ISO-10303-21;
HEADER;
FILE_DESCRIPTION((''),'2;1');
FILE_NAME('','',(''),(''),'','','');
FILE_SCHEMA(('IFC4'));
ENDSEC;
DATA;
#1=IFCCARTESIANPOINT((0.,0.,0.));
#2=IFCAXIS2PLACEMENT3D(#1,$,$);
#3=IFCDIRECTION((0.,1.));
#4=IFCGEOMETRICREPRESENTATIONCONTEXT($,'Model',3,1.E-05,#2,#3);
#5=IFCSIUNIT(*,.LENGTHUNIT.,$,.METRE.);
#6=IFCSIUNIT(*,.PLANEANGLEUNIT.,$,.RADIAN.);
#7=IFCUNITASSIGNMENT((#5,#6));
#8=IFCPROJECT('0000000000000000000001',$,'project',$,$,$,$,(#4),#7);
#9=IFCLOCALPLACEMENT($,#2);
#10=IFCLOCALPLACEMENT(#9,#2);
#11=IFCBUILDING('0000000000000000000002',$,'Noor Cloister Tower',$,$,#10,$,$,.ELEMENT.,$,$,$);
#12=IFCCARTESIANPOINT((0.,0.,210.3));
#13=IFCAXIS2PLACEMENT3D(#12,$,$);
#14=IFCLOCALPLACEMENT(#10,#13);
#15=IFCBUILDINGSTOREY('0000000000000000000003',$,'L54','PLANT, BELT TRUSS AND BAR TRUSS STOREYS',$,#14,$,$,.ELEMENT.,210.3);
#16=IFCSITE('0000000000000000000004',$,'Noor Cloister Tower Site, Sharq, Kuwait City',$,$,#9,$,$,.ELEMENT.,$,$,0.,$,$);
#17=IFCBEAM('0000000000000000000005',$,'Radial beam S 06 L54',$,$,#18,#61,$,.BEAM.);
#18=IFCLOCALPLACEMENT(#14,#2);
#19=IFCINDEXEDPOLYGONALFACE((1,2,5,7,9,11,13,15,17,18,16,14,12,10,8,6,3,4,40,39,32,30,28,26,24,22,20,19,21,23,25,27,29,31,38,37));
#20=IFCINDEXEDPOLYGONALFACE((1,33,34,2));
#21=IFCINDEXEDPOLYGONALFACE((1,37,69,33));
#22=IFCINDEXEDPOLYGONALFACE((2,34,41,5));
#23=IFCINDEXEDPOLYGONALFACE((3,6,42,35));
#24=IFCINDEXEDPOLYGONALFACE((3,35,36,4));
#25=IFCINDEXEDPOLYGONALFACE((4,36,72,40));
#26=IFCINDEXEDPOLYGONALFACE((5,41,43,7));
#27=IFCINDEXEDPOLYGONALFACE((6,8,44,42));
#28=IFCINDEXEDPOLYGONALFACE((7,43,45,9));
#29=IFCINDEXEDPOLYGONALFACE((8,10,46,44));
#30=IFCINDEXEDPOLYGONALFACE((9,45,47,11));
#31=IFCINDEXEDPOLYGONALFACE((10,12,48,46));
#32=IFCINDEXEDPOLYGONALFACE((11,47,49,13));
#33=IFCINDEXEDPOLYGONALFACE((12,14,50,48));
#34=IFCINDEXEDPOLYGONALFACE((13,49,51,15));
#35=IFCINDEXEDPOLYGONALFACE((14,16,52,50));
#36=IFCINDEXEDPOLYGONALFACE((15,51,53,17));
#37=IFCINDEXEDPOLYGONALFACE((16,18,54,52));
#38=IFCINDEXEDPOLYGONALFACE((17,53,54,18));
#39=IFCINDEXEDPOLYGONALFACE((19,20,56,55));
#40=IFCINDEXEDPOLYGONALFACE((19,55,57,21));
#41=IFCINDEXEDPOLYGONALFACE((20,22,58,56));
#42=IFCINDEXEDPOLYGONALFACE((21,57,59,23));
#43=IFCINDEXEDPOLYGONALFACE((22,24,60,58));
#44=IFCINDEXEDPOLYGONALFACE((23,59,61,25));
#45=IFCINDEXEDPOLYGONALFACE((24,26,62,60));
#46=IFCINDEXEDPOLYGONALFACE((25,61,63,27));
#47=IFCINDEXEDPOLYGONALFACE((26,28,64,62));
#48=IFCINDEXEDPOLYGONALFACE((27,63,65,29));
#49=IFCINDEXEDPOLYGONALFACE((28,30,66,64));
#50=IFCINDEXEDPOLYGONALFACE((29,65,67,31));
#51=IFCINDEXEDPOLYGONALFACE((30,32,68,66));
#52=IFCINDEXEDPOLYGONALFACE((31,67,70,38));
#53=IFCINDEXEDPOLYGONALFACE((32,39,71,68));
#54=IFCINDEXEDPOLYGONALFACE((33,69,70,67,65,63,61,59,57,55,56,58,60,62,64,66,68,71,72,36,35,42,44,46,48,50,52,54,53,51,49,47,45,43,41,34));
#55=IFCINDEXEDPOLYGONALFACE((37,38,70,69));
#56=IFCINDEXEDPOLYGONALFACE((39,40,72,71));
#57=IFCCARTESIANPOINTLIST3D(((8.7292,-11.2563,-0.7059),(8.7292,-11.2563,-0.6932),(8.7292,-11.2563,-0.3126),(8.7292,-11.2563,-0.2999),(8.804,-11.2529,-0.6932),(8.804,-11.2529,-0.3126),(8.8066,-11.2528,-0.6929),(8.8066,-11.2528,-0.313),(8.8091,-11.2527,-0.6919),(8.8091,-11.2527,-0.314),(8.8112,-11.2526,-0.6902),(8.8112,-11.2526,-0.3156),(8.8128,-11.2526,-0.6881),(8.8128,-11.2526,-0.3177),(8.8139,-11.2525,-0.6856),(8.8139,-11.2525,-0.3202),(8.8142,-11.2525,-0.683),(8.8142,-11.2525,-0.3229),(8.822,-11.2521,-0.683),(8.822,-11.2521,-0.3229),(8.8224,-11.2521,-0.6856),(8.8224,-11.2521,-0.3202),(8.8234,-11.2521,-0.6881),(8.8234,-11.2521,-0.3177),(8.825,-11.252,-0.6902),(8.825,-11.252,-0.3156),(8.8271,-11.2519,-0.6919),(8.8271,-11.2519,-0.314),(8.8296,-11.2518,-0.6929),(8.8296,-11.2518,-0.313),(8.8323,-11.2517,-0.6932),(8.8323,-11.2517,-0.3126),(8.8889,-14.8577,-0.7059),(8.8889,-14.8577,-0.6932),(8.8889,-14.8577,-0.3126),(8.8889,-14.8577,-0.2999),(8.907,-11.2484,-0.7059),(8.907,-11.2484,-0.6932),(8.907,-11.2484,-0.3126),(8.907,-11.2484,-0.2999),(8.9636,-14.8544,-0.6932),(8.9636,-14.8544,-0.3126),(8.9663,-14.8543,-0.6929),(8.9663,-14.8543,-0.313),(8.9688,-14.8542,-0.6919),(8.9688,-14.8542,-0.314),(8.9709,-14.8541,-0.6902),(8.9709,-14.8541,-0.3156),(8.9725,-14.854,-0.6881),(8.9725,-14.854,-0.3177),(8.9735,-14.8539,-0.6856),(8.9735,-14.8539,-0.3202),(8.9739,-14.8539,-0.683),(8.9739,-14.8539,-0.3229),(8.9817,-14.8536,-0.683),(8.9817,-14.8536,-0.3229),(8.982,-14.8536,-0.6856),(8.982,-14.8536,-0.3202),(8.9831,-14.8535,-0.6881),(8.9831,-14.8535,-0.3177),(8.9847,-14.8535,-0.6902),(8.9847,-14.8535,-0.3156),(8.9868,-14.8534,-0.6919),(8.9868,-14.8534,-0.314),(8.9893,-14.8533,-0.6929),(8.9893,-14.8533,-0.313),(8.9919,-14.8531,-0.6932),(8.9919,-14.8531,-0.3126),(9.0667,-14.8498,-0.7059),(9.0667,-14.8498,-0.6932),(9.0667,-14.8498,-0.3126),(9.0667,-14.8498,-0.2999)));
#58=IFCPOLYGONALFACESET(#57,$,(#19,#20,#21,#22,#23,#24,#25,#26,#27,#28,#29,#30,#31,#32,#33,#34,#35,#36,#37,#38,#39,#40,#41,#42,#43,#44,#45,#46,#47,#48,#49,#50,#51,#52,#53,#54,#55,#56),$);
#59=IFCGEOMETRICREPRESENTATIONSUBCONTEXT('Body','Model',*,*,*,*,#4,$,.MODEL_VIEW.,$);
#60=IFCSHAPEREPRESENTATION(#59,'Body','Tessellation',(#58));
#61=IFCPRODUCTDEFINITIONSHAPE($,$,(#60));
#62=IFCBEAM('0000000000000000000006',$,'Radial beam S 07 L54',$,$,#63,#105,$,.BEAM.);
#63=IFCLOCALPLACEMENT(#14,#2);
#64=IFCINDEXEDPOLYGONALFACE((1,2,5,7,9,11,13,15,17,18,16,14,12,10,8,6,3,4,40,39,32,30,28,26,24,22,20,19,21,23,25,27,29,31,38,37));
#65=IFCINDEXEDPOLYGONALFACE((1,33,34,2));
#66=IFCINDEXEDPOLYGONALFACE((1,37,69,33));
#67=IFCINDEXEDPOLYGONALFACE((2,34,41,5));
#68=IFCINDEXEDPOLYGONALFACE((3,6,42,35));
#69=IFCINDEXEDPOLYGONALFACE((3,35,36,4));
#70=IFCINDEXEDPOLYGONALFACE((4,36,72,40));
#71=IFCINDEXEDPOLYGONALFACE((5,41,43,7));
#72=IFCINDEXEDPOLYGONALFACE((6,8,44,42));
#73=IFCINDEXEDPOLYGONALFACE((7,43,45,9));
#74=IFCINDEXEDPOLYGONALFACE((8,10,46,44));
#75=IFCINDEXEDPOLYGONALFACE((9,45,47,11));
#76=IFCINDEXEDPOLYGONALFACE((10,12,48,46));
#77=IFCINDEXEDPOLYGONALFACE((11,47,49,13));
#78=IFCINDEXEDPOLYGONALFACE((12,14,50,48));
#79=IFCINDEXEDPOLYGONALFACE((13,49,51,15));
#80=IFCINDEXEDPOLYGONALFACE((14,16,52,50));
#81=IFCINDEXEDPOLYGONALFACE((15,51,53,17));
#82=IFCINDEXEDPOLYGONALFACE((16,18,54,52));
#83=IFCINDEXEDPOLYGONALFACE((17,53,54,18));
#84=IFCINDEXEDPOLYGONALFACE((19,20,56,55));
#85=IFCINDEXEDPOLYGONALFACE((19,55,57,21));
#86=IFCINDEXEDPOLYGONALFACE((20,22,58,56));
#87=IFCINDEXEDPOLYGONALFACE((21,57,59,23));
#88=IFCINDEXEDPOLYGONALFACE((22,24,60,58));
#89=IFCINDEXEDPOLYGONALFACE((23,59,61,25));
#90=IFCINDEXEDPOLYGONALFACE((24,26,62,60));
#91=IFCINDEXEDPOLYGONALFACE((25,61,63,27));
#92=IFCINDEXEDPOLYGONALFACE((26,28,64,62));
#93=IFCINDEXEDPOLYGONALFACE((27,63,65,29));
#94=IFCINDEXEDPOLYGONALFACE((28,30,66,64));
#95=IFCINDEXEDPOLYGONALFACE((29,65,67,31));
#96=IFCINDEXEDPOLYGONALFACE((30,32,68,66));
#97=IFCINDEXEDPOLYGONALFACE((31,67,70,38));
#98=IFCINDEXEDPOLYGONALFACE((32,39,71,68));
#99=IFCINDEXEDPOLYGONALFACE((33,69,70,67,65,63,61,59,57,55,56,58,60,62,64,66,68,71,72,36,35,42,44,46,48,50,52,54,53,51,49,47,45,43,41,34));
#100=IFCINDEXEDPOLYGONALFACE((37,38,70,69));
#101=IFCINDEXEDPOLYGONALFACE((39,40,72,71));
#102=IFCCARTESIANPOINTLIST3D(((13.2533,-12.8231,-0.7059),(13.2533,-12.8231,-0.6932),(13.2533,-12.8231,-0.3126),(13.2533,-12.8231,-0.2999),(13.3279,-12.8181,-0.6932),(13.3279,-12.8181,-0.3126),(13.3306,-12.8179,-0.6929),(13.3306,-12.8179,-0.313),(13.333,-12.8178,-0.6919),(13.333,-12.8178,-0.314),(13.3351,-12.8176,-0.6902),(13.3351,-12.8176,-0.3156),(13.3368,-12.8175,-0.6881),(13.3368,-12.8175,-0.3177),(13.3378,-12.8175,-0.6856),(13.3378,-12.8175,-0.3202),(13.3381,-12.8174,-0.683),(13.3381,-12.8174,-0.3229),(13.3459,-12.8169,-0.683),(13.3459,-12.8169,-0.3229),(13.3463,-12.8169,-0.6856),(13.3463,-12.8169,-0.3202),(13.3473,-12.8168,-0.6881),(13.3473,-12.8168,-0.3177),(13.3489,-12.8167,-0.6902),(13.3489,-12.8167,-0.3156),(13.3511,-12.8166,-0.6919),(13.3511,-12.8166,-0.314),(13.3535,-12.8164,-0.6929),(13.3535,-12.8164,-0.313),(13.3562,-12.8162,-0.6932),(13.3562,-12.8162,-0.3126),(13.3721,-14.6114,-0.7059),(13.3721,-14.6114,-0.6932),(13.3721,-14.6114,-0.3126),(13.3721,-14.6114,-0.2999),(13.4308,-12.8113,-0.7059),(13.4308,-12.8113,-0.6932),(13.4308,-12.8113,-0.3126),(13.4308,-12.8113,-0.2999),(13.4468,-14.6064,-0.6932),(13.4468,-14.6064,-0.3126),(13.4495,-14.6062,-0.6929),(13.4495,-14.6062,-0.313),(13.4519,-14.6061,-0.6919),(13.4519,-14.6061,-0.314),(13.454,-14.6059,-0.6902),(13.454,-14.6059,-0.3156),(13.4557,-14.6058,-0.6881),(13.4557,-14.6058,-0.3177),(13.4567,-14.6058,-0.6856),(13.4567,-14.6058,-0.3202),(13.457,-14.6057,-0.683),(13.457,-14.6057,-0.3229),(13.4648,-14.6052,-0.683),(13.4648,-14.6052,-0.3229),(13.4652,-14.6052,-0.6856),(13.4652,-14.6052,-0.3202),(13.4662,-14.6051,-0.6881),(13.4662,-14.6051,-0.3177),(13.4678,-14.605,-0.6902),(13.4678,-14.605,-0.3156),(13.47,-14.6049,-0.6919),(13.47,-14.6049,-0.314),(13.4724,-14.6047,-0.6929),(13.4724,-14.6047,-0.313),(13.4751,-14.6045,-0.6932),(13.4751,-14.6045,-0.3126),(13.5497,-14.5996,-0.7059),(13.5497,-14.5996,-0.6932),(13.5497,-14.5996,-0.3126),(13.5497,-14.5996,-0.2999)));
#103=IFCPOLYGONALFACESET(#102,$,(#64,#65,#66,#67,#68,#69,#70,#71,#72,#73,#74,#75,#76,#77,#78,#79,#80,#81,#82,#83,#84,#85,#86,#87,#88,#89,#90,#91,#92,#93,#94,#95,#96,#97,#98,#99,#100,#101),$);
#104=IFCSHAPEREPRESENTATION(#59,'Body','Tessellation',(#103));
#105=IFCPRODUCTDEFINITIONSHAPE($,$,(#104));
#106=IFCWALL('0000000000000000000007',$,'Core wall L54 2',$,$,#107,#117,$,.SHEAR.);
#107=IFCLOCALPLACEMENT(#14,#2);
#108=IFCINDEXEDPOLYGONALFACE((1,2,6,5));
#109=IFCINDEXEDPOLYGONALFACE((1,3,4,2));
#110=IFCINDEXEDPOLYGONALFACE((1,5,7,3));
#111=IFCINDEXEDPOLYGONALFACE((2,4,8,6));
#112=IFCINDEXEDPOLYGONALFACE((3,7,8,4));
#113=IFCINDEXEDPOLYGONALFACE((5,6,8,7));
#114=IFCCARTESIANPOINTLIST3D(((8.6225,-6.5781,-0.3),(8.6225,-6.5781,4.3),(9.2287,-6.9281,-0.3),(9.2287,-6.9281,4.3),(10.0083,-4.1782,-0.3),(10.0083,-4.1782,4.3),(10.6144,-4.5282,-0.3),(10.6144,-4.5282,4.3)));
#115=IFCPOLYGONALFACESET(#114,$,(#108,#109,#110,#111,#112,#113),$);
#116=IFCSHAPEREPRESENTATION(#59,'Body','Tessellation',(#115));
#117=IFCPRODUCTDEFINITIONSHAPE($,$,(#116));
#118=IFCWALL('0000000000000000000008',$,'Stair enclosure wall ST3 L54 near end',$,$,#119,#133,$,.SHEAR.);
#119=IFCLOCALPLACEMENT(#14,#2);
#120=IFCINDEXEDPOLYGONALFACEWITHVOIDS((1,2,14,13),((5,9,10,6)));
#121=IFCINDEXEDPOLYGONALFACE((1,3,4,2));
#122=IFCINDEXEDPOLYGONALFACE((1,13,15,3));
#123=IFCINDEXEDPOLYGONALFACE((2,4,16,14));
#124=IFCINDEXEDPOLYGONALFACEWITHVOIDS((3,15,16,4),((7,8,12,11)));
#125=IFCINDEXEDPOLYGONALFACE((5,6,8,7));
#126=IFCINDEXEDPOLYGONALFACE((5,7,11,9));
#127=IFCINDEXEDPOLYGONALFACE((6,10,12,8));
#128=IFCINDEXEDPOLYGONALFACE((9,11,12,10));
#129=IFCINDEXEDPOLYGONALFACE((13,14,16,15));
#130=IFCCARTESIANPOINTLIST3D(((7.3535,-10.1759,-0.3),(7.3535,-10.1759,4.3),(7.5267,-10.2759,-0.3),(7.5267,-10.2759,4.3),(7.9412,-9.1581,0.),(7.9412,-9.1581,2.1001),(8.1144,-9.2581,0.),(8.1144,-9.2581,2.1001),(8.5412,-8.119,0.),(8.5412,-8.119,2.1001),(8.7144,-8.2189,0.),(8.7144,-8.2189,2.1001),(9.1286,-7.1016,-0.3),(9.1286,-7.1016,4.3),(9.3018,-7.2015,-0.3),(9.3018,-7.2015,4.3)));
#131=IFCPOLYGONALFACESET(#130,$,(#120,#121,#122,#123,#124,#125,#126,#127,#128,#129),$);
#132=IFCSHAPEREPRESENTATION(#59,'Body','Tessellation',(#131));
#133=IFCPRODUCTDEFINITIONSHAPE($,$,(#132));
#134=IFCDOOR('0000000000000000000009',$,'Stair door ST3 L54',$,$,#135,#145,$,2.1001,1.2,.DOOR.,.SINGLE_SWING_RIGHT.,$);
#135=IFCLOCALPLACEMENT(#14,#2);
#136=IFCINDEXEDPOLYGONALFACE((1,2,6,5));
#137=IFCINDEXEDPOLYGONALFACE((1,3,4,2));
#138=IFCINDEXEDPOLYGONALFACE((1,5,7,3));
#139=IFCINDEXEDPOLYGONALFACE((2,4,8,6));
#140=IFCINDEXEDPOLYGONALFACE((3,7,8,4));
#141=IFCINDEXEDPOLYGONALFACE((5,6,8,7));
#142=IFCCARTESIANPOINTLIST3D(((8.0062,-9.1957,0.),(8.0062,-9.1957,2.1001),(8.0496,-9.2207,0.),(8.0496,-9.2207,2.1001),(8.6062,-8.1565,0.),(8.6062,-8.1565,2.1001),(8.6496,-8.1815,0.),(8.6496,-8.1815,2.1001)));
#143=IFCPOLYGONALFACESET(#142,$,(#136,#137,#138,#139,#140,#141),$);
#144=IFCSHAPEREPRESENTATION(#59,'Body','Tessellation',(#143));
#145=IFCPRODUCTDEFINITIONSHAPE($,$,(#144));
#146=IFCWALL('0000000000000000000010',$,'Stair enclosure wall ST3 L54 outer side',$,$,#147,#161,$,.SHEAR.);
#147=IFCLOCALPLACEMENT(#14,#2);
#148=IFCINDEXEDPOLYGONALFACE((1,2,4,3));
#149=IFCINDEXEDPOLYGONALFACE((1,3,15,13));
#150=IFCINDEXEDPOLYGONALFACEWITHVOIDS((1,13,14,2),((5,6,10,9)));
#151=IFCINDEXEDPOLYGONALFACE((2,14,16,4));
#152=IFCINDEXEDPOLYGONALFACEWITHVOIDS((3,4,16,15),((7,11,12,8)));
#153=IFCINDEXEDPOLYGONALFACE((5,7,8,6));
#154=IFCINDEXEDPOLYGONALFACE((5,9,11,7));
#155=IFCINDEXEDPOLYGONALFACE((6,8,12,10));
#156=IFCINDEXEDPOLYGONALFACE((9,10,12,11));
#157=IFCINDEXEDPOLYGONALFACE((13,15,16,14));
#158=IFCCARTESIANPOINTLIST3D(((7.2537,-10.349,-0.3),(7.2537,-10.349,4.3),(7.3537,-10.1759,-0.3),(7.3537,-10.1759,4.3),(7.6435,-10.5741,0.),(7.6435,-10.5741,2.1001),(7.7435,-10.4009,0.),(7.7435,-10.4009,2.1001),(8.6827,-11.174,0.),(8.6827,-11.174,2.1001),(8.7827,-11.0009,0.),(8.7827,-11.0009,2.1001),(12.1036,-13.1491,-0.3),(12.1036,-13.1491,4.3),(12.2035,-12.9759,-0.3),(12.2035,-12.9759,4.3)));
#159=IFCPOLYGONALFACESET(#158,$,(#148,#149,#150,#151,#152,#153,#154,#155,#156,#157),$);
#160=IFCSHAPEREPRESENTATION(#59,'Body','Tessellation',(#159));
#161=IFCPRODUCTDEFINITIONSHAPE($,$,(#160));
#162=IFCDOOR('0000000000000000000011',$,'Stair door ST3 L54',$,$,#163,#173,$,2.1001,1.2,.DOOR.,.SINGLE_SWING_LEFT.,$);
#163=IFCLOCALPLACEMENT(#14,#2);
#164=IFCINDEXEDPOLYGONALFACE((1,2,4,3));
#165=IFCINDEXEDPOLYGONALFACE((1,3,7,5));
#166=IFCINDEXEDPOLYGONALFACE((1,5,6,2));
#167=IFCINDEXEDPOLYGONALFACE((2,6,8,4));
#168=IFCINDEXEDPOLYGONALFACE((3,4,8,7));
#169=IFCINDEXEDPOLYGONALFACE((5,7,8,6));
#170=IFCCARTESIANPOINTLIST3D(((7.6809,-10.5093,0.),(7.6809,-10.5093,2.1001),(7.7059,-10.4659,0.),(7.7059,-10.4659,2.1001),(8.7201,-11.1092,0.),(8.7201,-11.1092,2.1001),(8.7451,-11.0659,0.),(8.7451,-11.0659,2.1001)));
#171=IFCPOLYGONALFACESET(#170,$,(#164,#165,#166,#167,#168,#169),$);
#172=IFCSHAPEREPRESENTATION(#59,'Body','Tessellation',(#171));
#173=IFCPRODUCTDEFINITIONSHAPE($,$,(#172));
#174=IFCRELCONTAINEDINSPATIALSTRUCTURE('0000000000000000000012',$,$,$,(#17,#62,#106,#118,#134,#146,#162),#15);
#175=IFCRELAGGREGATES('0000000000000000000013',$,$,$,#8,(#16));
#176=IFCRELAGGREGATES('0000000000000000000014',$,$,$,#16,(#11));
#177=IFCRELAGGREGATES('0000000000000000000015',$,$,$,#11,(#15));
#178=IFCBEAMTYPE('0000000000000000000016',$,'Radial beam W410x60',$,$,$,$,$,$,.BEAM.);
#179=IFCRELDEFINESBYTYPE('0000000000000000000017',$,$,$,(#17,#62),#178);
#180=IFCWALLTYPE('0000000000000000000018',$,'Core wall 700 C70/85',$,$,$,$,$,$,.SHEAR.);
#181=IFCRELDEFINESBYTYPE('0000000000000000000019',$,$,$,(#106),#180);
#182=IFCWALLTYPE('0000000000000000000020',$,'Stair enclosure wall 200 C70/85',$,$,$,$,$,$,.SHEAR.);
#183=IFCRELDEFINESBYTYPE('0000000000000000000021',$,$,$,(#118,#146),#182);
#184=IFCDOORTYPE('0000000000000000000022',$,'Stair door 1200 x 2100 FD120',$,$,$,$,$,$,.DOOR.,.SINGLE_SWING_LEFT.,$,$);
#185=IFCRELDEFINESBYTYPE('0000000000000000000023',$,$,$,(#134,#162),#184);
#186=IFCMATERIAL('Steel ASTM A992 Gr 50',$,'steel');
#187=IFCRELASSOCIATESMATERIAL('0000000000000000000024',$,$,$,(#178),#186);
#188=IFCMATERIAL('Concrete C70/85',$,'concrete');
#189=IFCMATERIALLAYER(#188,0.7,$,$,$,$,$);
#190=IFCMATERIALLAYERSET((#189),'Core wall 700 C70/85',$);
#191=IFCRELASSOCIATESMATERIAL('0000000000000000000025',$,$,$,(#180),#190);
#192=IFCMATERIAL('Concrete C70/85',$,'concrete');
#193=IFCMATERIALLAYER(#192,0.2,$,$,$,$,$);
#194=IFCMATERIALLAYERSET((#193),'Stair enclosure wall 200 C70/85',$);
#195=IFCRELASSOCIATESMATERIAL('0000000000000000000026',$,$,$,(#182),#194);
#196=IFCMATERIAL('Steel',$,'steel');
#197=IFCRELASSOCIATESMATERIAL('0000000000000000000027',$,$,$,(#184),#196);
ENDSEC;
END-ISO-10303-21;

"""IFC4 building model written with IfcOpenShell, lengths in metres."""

from ifc_helpers import new_model, si_unit, direction, frame, frame_2d, origin, origin_2d, place, context, subcontext, project, spatial, rectangle, i_section, extrude, material, layer, layer_set, material_profile, profile_set, type_object, element, fill, save


model = new_model("IFC4")

# Units and contexts
model_context = context("Model", 3, precision=1e-05, world=origin(), true_north=direction((0.0, 1.0)))
body_context = subcontext(model_context, "Body", "Model", "MODEL_VIEW")
ifc_project = project(units=[si_unit("LENGTHUNIT", "METRE"), si_unit("PLANEANGLEUNIT", "RADIAN")], contexts=[model_context])

# Site, building, storey
site_placement = place(None, origin())
site = spatial("IfcSite", under=ifc_project, at=site_placement, Name="Noor Cloister Tower Site, Sharq, Kuwait City", CompositionType="ELEMENT", RefElevation=0.0)
building_placement = place(site_placement, origin())
building = spatial("IfcBuilding", under=site, at=building_placement, Name="Noor Cloister Tower", CompositionType="ELEMENT")
storey_placement = place(building_placement, frame((0.0, 0.0, 210.3)))
storey = spatial("IfcBuildingStorey", under=building, at=storey_placement, Name="L54", Description="PLANT, BELT TRUSS AND BAR TRUSS STOREYS", CompositionType="ELEMENT", Elevation=210.3)

# Beams
ifc_material_1 = material(Name="Steel ASTM A992 Gr 50", Category="steel")
ifc_material_profile_1 = material_profile(ifc_material_1, i_section(OverallWidth=0.178, OverallDepth=0.406, WebThickness=0.0078, FlangeThickness=0.0127, FilletRadius=0.0103, at=origin_2d()), Name="W410x60")
ifc_profile_set_1 = profile_set([ifc_material_profile_1], Name="Steel ASTM A992 Gr 50")
beam_type_1 = type_object("IfcBeamType", Name="Radial beam W410x60", PredefinedType="BEAM", material=ifc_profile_set_1)
beam_1_placement = place(storey_placement, frame((8.9778, -14.8538, -0.5029), z_axis=(-0.044289, 0.999019, 0.0), x_axis=(-0.999019, -0.044289, 0.0)))
element("IfcBeam", 1, at=beam_1_placement, inside=storey, type_object=beam_type_1, Name="Radial beam S 06 L54", PredefinedType="BEAM", context=body_context, shape_type="SweptSolid", body=[
    extrude(i_section(OverallWidth=0.178, OverallDepth=0.406, WebThickness=0.0078, FlangeThickness=0.0127, FilletRadius=0.0103, at=origin_2d()), origin(), (0.0, 0.0, 1.0), 3.605),
])
beam_2_placement = place(storey_placement, frame((13.4609, -14.6055, -0.5029), z_axis=(-0.066338, 0.997797, 0.0), x_axis=(-0.997797, -0.066338, 0.0)))
element("IfcBeam", 2, at=beam_2_placement, inside=storey, type_object=beam_type_1, Name="Radial beam S 07 L54", PredefinedType="BEAM", context=body_context, shape_type="SweptSolid", body=[
    extrude(i_section(OverallWidth=0.178, OverallDepth=0.406, WebThickness=0.0078, FlangeThickness=0.0127, FilletRadius=0.0103, at=origin_2d()), origin(), (0.0, 0.0, 1.0), 1.7922),
])

# Wall
ifc_material_2 = material(Name="Concrete C70/85", Category="concrete")
ifc_layer_1 = layer(ifc_material_2, 0.7)
ifc_layer_set_1 = layer_set([ifc_layer_1], Name="Core wall 700 C70/85")
wall_type_1 = type_object("IfcWallType", Name="Core wall 700 C70/85", PredefinedType="SHEAR", material=ifc_layer_set_1)
wall_1_placement = place(storey_placement, frame((8.9255, -6.7532, -0.3), z_axis=(0.0, 0.0, 1.0), x_axis=(0.500043, 0.866001, 0.0)))
element("IfcWall", 3, at=wall_1_placement, inside=storey, type_object=wall_type_1, Name="Core wall L54 2", PredefinedType="SHEAR", context=body_context, shape_type="SweptSolid", body=[
    extrude(rectangle(XDim=2.7712, YDim=0.7, at=frame_2d((1.3857, 0.0))), origin(), (0.0, 0.0, 1.0), 4.6001),
])

# Walls, openings, doors
ifc_material_3 = material(Name="Concrete C70/85", Category="concrete")
ifc_layer_2 = layer(ifc_material_3, 0.2)
ifc_layer_set_2 = layer_set([ifc_layer_2], Name="Stair enclosure wall 200 C70/85")
wall_type_2 = type_object("IfcWallType", Name="Stair enclosure wall 200 C70/85", PredefinedType="SHEAR", material=ifc_layer_set_2)
wall_2_placement = place(storey_placement, frame((7.4402, -10.2258, -0.3), z_axis=(0.0, 0.0, 1.0), x_axis=(0.500022, 0.866013, 0.0)))
wall_2 = element("IfcWall", 4, at=wall_2_placement, inside=storey, type_object=wall_type_2, Name="Stair enclosure wall ST3 L54 near end", PredefinedType="SHEAR", context=body_context, shape_type="SweptSolid", body=[
    extrude(rectangle(XDim=3.55, YDim=0.2, at=frame_2d((1.7749, 0.0))), origin(), (0.0, 0.0, 1.0), 4.6001),
])
opening_1_placement = place(wall_2_placement, frame((1.175, 0.0, 0.3)))
opening_1 = element("IfcOpeningElement", 5, at=opening_1_placement, cuts=wall_2, PredefinedType="OPENING", context=body_context, shape_type="SweptSolid", body=[
    extrude(rectangle(XDim=1.2, YDim=2.1001, at=frame_2d((0.6001, 1.05))), frame((0.0, 0.1099, 0.0), z_axis=(0.0, -1.0, 0.0), x_axis=(1.0, 0.0, 0.0)), (0.0, 0.0, 1.0), 0.22),
])
ifc_material_4 = material(Name="Steel", Category="steel")
door_type_1 = type_object("IfcDoorType", Name="Stair door 1200 x 2100 FD120", OperationType="SINGLE_SWING_LEFT", PredefinedType="DOOR", material=ifc_material_4)
door_1_placement = place(opening_1_placement, origin())
door_1 = element("IfcDoor", 6, at=door_1_placement, inside=storey, type_object=door_type_1, Name="Stair door ST3 L54", OperationType="SINGLE_SWING_RIGHT", OverallHeight=2.1001, OverallWidth=1.2, PredefinedType="DOOR", context=body_context, shape_type="SweptSolid", body=[
    extrude(rectangle(XDim=1.2, YDim=2.1001, at=frame_2d((0.6001, 1.05))), frame((0.0, 0.0249, 0.0), z_axis=(0.0, -1.0, 0.0), x_axis=(1.0, 0.0, 0.0)), (0.0, 0.0, 1.0), 0.05),
])
fill(opening_1, door_1)
wall_3_placement = place(storey_placement, frame((7.3037, -10.2625, -0.3), z_axis=(0.0, 0.0, 1.0), x_axis=(0.866027, -0.499998, 0.0)))
wall_3 = element("IfcWall", 7, at=wall_3_placement, inside=storey, type_object=wall_type_2, Name="Stair enclosure wall ST3 L54 outer side", PredefinedType="SHEAR", context=body_context, shape_type="SweptSolid", body=[
    extrude(rectangle(XDim=5.6001, YDim=0.2, at=frame_2d((2.8, 0.0))), origin(), (0.0, 0.0, 1.0), 4.6001),
])
opening_2_placement = place(wall_3_placement, frame((0.45, 0.0, 0.3)))
opening_2 = element("IfcOpeningElement", 8, at=opening_2_placement, cuts=wall_3, PredefinedType="OPENING", context=body_context, shape_type="SweptSolid", body=[
    extrude(rectangle(XDim=1.2, YDim=2.1001, at=frame_2d((0.6001, 1.05))), frame((0.0, 0.1099, 0.0), z_axis=(0.0, -1.0, 0.0), x_axis=(1.0, 0.0, 0.0)), (0.0, 0.0, 1.0), 0.22),
])
door_2_placement = place(opening_2_placement, origin())
door_2 = element("IfcDoor", 9, at=door_2_placement, inside=storey, type_object=door_type_1, Name="Stair door ST3 L54", OperationType="SINGLE_SWING_LEFT", OverallHeight=2.1001, OverallWidth=1.2, PredefinedType="DOOR", context=body_context, shape_type="SweptSolid", body=[
    extrude(rectangle(XDim=1.2, YDim=2.1001, at=frame_2d((0.6001, 1.05))), frame((0.0, 0.0249, 0.0), z_axis=(0.0, -1.0, 0.0), x_axis=(1.0, 0.0, 0.0)), (0.0, 0.0, 1.0), 0.05),
])
fill(opening_2, door_2)

save(model, "model.ifc")
